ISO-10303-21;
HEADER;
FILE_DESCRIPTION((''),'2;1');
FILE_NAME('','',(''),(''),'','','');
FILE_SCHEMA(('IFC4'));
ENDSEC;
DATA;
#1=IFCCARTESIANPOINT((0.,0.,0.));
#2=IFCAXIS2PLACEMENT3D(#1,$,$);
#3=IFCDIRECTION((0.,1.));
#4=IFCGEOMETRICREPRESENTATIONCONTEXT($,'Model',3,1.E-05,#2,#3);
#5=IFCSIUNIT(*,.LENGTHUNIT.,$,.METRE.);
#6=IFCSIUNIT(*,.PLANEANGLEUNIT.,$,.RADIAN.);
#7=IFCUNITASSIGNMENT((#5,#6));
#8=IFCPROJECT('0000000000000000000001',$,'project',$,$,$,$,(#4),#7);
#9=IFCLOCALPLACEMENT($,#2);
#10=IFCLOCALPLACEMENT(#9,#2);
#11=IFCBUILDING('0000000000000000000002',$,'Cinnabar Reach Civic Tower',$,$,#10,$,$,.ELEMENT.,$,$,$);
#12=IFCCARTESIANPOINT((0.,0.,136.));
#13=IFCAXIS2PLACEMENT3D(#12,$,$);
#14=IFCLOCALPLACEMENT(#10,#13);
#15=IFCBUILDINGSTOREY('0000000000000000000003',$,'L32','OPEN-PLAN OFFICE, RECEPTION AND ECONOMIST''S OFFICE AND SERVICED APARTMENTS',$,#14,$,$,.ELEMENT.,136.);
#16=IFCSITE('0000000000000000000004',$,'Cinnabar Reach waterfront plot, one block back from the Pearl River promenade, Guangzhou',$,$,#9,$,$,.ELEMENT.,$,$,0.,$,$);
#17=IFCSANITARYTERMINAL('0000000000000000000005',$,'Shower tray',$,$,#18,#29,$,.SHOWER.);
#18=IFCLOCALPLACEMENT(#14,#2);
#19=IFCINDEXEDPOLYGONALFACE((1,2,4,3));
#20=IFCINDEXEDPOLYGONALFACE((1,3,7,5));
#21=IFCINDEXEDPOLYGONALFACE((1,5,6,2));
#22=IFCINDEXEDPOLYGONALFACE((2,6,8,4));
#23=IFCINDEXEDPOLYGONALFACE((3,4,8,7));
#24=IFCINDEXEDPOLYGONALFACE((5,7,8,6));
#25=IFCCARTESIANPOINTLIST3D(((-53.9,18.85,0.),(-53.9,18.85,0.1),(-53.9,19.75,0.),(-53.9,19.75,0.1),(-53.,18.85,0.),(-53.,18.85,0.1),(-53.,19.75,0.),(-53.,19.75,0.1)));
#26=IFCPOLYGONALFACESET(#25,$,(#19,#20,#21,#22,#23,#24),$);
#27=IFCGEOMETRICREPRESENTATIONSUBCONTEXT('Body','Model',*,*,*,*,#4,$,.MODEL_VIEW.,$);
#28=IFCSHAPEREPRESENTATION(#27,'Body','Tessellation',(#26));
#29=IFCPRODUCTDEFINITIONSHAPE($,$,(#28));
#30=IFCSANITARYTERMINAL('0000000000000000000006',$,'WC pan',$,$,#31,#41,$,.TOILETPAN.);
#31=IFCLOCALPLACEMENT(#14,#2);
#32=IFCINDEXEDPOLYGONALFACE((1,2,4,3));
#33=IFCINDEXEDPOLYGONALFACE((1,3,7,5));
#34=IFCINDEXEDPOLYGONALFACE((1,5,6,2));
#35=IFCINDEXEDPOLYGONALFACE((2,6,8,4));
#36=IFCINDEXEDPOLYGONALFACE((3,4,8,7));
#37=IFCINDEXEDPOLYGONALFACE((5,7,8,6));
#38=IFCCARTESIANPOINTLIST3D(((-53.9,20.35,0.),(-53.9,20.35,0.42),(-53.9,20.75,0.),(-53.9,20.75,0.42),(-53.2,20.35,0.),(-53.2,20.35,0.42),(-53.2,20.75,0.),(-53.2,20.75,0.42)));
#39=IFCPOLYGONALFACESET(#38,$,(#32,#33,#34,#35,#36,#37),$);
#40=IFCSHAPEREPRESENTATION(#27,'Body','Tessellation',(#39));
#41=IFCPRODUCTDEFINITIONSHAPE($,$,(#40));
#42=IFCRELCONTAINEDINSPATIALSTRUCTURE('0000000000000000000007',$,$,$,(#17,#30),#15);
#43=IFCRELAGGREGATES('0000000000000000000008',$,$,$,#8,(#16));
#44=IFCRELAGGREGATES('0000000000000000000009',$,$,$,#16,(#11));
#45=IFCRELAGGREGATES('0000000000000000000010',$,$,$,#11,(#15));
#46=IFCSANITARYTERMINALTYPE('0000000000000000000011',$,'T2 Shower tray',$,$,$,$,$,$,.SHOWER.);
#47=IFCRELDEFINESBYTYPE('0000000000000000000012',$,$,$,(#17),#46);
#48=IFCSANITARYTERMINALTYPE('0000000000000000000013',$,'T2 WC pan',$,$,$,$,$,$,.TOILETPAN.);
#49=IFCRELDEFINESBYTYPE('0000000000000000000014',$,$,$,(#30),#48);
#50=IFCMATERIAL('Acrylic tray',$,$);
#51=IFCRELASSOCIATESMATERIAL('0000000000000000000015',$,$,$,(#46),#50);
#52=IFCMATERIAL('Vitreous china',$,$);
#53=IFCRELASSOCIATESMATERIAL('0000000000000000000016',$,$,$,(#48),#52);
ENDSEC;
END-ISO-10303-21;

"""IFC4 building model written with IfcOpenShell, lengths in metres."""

from ifc_helpers import new_model, si_unit, direction, frame, origin, origin_2d, place, context, subcontext, project, spatial, rectangle, extrude, material, type_object, element, save


model = new_model("IFC4")

# Units and contexts
model_context = context("Model", 3, precision=1e-05, world=origin(), true_north=direction((0.0, 1.0)))
body_context = subcontext(model_context, "Body", "Model", "MODEL_VIEW")
ifc_project = project(units=[si_unit("LENGTHUNIT", "METRE"), si_unit("PLANEANGLEUNIT", "RADIAN")], contexts=[model_context])

# Site, building, storey
site_placement = place(None, origin())
site = spatial("IfcSite", under=ifc_project, at=site_placement, Name="Cinnabar Reach waterfront plot, one block back from the Pearl River promenade, Guangzhou", CompositionType="ELEMENT", RefElevation=0.0)
building_placement = place(site_placement, origin())
building = spatial("IfcBuilding", under=site, at=building_placement, Name="Cinnabar Reach Civic Tower", CompositionType="ELEMENT")
storey_placement = place(building_placement, frame((0.0, 0.0, 136.0)))
storey = spatial("IfcBuildingStorey", under=building, at=storey_placement, Name="L32", Description="OPEN-PLAN OFFICE, RECEPTION AND ECONOMIST'S OFFICE AND SERVICED APARTMENTS", CompositionType="ELEMENT", Elevation=136.0)

# Sanitary terminals
ifc_material_1 = material(Name="Acrylic tray")
sanitary_terminal_type_1 = type_object("IfcSanitaryTerminalType", Name="T2 Shower tray", PredefinedType="SHOWER", material=ifc_material_1)
sanitary_terminal_1_placement = place(storey_placement, frame((-53.45, 19.3, 0.0), z_axis=(0.0, 0.0, 1.0), x_axis=(1.0, 0.0, 0.0)))
element("IfcSanitaryTerminal", 1, at=sanitary_terminal_1_placement, inside=storey, type_object=sanitary_terminal_type_1, Name="Shower tray", PredefinedType="SHOWER", context=body_context, shape_type="SweptSolid", body=[
    extrude(rectangle(XDim=0.9, YDim=0.9, at=origin_2d()), origin(), (0.0, 0.0, 1.0), 0.1),
])
ifc_material_2 = material(Name="Vitreous china")
sanitary_terminal_type_2 = type_object("IfcSanitaryTerminalType", Name="T2 WC pan", PredefinedType="TOILETPAN", material=ifc_material_2)
sanitary_terminal_2_placement = place(storey_placement, frame((-53.55, 20.55, 0.0), z_axis=(0.0, 0.0, 1.0), x_axis=(1.0, 0.0, 0.0)))
element("IfcSanitaryTerminal", 2, at=sanitary_terminal_2_placement, inside=storey, type_object=sanitary_terminal_type_2, Name="WC pan", PredefinedType="TOILETPAN", context=body_context, shape_type="SweptSolid", body=[
    extrude(rectangle(XDim=0.7, YDim=0.4, at=origin_2d()), origin(), (0.0, 0.0, 1.0), 0.42),
])

save(model, "model.ifc")
